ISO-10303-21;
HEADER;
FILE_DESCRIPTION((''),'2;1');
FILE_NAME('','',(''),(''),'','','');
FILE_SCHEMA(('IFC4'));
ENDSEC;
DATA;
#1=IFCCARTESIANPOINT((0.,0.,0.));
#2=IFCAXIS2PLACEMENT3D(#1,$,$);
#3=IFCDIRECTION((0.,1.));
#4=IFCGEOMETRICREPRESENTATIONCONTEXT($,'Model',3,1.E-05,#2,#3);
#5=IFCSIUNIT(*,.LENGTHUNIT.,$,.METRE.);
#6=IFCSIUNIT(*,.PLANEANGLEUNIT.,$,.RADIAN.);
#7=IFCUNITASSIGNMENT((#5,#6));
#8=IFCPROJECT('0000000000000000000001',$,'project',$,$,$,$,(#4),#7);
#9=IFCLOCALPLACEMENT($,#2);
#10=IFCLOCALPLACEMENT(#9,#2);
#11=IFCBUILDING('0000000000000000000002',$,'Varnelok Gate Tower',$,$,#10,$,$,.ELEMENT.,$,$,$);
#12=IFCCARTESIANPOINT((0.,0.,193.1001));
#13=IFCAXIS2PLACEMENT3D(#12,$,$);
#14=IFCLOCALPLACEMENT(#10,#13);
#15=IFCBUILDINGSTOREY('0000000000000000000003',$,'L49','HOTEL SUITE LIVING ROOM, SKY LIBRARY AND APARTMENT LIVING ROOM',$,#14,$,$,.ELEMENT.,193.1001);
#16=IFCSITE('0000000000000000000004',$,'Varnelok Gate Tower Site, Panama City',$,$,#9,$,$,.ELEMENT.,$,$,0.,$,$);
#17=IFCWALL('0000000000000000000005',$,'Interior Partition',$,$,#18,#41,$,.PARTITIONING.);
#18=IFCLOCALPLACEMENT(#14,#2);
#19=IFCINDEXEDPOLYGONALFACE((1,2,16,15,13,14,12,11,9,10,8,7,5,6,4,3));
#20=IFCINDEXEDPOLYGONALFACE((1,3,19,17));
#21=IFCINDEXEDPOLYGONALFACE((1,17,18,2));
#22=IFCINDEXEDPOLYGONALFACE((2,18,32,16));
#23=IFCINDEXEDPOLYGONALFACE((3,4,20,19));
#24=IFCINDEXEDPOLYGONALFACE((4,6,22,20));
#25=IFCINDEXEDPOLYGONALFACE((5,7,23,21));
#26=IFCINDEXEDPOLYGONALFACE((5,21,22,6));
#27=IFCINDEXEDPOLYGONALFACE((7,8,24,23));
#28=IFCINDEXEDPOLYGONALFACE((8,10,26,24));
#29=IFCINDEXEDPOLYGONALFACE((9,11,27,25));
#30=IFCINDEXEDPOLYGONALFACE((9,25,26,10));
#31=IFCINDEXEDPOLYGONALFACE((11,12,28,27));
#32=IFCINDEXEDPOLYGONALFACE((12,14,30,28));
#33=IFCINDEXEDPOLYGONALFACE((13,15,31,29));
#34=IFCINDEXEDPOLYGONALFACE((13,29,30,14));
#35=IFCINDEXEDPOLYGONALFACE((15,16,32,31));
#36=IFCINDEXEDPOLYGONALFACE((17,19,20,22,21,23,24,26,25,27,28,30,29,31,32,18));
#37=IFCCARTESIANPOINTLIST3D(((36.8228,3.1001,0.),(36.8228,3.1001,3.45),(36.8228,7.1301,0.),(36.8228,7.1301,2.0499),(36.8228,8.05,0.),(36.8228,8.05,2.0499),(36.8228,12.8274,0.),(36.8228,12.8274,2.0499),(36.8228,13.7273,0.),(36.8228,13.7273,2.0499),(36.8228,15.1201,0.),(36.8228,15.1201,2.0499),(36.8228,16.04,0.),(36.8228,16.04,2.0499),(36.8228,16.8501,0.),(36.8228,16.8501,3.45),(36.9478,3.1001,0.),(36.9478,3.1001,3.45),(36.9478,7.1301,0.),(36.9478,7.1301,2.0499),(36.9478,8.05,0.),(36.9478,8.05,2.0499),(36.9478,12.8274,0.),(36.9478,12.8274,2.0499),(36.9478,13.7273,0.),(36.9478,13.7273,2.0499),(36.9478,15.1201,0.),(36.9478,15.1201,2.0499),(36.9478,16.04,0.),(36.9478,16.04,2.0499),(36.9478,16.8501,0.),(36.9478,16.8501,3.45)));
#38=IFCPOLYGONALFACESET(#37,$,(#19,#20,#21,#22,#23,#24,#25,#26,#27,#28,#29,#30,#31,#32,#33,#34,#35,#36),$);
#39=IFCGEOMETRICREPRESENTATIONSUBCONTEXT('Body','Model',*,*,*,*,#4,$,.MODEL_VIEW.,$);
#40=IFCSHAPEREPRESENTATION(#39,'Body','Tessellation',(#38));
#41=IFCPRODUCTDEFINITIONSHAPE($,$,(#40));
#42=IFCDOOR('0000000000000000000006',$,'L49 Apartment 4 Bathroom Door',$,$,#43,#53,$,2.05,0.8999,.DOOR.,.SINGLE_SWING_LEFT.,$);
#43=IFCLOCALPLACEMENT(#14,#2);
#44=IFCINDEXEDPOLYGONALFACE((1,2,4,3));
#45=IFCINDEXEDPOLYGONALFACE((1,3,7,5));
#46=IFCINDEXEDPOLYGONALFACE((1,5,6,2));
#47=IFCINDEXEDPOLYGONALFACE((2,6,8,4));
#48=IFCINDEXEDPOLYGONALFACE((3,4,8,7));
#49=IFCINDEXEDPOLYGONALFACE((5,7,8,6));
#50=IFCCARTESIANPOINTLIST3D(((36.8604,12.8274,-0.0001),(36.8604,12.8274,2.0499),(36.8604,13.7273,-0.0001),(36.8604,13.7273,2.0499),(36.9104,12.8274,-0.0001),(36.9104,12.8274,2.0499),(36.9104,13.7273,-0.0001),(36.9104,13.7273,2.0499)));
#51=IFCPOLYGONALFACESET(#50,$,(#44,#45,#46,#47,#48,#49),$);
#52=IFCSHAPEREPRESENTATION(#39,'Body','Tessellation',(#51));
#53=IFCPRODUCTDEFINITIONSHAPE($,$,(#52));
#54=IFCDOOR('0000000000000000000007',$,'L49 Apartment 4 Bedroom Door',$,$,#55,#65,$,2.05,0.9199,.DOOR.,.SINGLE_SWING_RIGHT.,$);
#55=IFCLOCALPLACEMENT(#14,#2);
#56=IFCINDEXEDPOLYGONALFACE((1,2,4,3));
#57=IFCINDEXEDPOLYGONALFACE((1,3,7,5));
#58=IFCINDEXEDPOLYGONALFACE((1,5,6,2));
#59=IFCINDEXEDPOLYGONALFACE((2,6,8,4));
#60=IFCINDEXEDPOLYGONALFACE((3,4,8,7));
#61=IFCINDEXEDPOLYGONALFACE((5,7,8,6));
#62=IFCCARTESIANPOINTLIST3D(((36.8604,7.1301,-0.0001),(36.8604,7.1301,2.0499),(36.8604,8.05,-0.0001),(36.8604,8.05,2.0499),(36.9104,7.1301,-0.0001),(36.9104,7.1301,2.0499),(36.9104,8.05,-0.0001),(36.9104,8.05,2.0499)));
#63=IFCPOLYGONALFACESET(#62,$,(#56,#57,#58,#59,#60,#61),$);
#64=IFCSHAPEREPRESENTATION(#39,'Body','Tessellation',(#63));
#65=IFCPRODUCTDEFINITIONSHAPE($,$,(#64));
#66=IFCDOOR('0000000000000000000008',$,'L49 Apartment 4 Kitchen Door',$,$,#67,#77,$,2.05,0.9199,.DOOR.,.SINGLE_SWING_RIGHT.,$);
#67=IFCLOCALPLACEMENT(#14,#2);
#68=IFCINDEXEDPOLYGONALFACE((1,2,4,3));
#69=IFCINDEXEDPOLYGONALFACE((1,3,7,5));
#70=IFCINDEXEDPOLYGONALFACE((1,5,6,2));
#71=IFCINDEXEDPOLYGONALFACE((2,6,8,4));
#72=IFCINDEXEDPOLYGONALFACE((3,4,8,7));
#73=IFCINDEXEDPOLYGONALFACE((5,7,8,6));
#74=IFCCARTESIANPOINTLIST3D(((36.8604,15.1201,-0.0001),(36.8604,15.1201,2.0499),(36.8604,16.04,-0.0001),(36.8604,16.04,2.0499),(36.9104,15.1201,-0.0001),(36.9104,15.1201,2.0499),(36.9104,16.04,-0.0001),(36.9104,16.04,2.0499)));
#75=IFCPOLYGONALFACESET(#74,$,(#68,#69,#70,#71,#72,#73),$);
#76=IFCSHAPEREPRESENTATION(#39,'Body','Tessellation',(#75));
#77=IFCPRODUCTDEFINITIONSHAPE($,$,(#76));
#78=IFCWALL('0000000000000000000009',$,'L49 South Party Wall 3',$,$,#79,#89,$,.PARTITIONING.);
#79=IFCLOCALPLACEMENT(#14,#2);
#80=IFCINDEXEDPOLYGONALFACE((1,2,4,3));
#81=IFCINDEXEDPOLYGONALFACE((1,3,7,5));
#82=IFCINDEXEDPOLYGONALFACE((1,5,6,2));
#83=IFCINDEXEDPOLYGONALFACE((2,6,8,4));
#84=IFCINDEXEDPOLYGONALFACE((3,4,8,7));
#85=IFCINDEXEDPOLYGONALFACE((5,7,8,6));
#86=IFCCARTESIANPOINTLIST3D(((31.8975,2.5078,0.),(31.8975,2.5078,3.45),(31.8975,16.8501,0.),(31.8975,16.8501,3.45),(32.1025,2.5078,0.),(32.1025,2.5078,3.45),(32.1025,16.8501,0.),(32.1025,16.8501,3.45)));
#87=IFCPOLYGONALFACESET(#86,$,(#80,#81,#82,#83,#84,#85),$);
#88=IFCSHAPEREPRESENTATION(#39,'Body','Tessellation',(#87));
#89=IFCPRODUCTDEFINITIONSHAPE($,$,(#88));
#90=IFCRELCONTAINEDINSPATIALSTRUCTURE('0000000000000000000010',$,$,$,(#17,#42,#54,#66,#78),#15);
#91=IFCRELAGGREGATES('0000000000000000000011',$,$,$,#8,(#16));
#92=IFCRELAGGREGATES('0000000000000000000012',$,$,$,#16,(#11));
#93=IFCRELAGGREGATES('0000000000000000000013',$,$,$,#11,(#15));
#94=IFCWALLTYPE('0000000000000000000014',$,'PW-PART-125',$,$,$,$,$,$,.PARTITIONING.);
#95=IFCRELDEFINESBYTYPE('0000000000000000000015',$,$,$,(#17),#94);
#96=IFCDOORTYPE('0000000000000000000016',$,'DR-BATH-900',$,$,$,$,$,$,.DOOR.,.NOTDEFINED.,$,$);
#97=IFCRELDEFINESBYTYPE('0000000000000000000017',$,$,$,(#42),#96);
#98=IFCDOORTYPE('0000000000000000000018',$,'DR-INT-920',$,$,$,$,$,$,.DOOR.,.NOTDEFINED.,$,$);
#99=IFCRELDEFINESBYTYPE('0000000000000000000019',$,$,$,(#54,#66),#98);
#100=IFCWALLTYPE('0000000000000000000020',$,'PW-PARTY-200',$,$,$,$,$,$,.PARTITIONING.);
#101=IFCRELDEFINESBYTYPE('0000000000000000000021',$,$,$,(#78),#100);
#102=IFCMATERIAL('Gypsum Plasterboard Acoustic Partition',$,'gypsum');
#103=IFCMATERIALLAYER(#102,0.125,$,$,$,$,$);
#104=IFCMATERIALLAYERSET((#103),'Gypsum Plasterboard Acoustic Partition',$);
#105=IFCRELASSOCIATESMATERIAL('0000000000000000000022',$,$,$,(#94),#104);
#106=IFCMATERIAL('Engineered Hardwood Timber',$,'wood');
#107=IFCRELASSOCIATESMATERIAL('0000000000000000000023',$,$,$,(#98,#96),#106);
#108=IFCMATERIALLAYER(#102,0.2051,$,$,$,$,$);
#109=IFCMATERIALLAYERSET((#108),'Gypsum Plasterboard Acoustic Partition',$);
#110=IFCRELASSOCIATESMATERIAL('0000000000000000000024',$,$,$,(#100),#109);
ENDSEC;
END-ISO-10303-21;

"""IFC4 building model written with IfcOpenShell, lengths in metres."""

from ifc_helpers import new_model, si_unit, direction, frame, frame_2d, origin, place, context, subcontext, project, spatial, rectangle, extrude, material, layer, layer_set, type_object, element, fill, save


model = new_model("IFC4")

# Units and contexts
model_context = context("Model", 3, precision=1e-05, world=origin(), true_north=direction((0.0, 1.0)))
body_context = subcontext(model_context, "Body", "Model", "MODEL_VIEW")
ifc_project = project(units=[si_unit("LENGTHUNIT", "METRE"), si_unit("PLANEANGLEUNIT", "RADIAN")], contexts=[model_context])

# Site, building, storey
site_placement = place(None, origin())
site = spatial("IfcSite", under=ifc_project, at=site_placement, Name="Varnelok Gate Tower Site, Panama City", CompositionType="ELEMENT", RefElevation=0.0)
building_placement = place(site_placement, origin())
building = spatial("IfcBuilding", under=site, at=building_placement, Name="Varnelok Gate Tower", CompositionType="ELEMENT")
storey_placement = place(building_placement, frame((0.0, 0.0, 193.1001)))
storey = spatial("IfcBuildingStorey", under=building, at=storey_placement, Name="L49", Description="HOTEL SUITE LIVING ROOM, SKY LIBRARY AND APARTMENT LIVING ROOM", CompositionType="ELEMENT", Elevation=193.1001)

# Shared definitions
ifc_material_1 = material(Name="Gypsum Plasterboard Acoustic Partition", Category="gypsum")

# Shared definitions
ifc_layer_1 = layer(ifc_material_1, 0.125)
ifc_layer_set_1 = layer_set([ifc_layer_1], Name="Gypsum Plasterboard Acoustic Partition")
wall_type_1 = type_object("IfcWallType", Name="PW-PART-125", PredefinedType="PARTITIONING", material=ifc_layer_set_1)
ifc_material_2 = material(Name="Engineered Hardwood Timber", Category="wood")
door_type_1 = type_object("IfcDoorType", Name="DR-INT-920", OperationType="NOTDEFINED", PredefinedType="DOOR", material=ifc_material_2)

# Wall, openings, doors
wall_1_placement = place(storey_placement, frame((36.8853, 3.1001, 0.0), z_axis=(0.0, 0.0, 1.0), x_axis=(0.0, 1.0, 0.0)))
wall_1 = element("IfcWall", 1, at=wall_1_placement, inside=storey, type_object=wall_type_1, Name="Interior Partition", PredefinedType="PARTITIONING", context=body_context, shape_type="SweptSolid", body=[
    extrude(rectangle(XDim=13.75, YDim=0.125, at=frame_2d((6.875, 0.0))), origin(), (0.0, 0.0, 1.0), 3.45),
])
opening_1_placement = place(wall_1_placement, frame((4.03, 0.0, 0.0)))
opening_1 = element("IfcOpeningElement", 2, at=opening_1_placement, cuts=wall_1, PredefinedType="OPENING", context=body_context, shape_type="SweptSolid", body=[
    extrude(rectangle(XDim=0.9199, YDim=2.05, at=frame_2d((0.46, 1.0249))), frame((0.0, 0.0725, 0.0), z_axis=(0.0, -1.0, 0.0), x_axis=(1.0, 0.0, 0.0)), (0.0, 0.0, 1.0), 0.145),
])
opening_2_placement = place(wall_1_placement, frame((9.7273, 0.0, 0.0)))
opening_2 = element("IfcOpeningElement", 3, at=opening_2_placement, cuts=wall_1, PredefinedType="OPENING", context=body_context, shape_type="SweptSolid", body=[
    extrude(rectangle(XDim=0.8999, YDim=2.05, at=frame_2d((0.45, 1.0249))), frame((0.0, 0.0725, 0.0), z_axis=(0.0, -1.0, 0.0), x_axis=(1.0, 0.0, 0.0)), (0.0, 0.0, 1.0), 0.145),
])
opening_3_placement = place(wall_1_placement, frame((12.02, 0.0, 0.0)))
opening_3 = element("IfcOpeningElement", 4, at=opening_3_placement, cuts=wall_1, PredefinedType="OPENING", context=body_context, shape_type="SweptSolid", body=[
    extrude(rectangle(XDim=0.9199, YDim=2.05, at=frame_2d((0.46, 1.0249))), frame((0.0, 0.0725, 0.0), z_axis=(0.0, -1.0, 0.0), x_axis=(1.0, 0.0, 0.0)), (0.0, 0.0, 1.0), 0.145),
])
door_type_2 = type_object("IfcDoorType", Name="DR-BATH-900", OperationType="NOTDEFINED", PredefinedType="DOOR", material=ifc_material_2)
door_1_placement = place(opening_2_placement, origin())
door_1 = element("IfcDoor", 5, at=door_1_placement, inside=storey, type_object=door_type_2, Name="L49 Apartment 4 Bathroom Door", OperationType="SINGLE_SWING_LEFT", OverallHeight=2.05, OverallWidth=0.8999, PredefinedType="DOOR", context=body_context, shape_type="SweptSolid", body=[
    extrude(rectangle(XDim=0.8999, YDim=2.05, at=frame_2d((0.45, 1.0249))), frame((0.0, 0.0249, 0.0), z_axis=(0.0, -1.0, 0.0), x_axis=(1.0, 0.0, 0.0)), (0.0, 0.0, 1.0), 0.05),
])
fill(opening_2, door_1)
door_2_placement = place(opening_1_placement, origin())
door_2 = element("IfcDoor", 6, at=door_2_placement, inside=storey, type_object=door_type_1, Name="L49 Apartment 4 Bedroom Door", OperationType="SINGLE_SWING_RIGHT", OverallHeight=2.05, OverallWidth=0.9199, PredefinedType="DOOR", context=body_context, shape_type="SweptSolid", body=[
    extrude(rectangle(XDim=0.9199, YDim=2.05, at=frame_2d((0.46, 1.0249))), frame((0.0, 0.0249, 0.0), z_axis=(0.0, -1.0, 0.0), x_axis=(1.0, 0.0, 0.0)), (0.0, 0.0, 1.0), 0.05),
])
fill(opening_1, door_2)
door_3_placement = place(opening_3_placement, origin())
door_3 = element("IfcDoor", 7, at=door_3_placement, inside=storey, type_object=door_type_1, Name="L49 Apartment 4 Kitchen Door", OperationType="SINGLE_SWING_RIGHT", OverallHeight=2.05, OverallWidth=0.9199, PredefinedType="DOOR", context=body_context, shape_type="SweptSolid", body=[
    extrude(rectangle(XDim=0.9199, YDim=2.05, at=frame_2d((0.46, 1.0249))), frame((0.0, 0.0249, 0.0), z_axis=(0.0, -1.0, 0.0), x_axis=(1.0, 0.0, 0.0)), (0.0, 0.0, 1.0), 0.05),
])
fill(opening_3, door_3)

# Wall
ifc_layer_2 = layer(ifc_material_1, 0.2051)
ifc_layer_set_2 = layer_set([ifc_layer_2], Name="Gypsum Plasterboard Acoustic Partition")
wall_type_2 = type_object("IfcWallType", Name="PW-PARTY-200", PredefinedType="PARTITIONING", material=ifc_layer_set_2)
wall_2_placement = place(storey_placement, frame((32.0, 2.5078, 0.0), z_axis=(0.0, 0.0, 1.0), x_axis=(0.0, 1.0, 0.0)))
element("IfcWall", 8, at=wall_2_placement, inside=storey, type_object=wall_type_2, Name="L49 South Party Wall 3", PredefinedType="PARTITIONING", context=body_context, shape_type="SweptSolid", body=[
    extrude(rectangle(XDim=14.3423, YDim=0.2051, at=frame_2d((7.1711, 0.0))), origin(), (0.0, 0.0, 1.0), 3.45),
])

save(model, "model.ifc")
